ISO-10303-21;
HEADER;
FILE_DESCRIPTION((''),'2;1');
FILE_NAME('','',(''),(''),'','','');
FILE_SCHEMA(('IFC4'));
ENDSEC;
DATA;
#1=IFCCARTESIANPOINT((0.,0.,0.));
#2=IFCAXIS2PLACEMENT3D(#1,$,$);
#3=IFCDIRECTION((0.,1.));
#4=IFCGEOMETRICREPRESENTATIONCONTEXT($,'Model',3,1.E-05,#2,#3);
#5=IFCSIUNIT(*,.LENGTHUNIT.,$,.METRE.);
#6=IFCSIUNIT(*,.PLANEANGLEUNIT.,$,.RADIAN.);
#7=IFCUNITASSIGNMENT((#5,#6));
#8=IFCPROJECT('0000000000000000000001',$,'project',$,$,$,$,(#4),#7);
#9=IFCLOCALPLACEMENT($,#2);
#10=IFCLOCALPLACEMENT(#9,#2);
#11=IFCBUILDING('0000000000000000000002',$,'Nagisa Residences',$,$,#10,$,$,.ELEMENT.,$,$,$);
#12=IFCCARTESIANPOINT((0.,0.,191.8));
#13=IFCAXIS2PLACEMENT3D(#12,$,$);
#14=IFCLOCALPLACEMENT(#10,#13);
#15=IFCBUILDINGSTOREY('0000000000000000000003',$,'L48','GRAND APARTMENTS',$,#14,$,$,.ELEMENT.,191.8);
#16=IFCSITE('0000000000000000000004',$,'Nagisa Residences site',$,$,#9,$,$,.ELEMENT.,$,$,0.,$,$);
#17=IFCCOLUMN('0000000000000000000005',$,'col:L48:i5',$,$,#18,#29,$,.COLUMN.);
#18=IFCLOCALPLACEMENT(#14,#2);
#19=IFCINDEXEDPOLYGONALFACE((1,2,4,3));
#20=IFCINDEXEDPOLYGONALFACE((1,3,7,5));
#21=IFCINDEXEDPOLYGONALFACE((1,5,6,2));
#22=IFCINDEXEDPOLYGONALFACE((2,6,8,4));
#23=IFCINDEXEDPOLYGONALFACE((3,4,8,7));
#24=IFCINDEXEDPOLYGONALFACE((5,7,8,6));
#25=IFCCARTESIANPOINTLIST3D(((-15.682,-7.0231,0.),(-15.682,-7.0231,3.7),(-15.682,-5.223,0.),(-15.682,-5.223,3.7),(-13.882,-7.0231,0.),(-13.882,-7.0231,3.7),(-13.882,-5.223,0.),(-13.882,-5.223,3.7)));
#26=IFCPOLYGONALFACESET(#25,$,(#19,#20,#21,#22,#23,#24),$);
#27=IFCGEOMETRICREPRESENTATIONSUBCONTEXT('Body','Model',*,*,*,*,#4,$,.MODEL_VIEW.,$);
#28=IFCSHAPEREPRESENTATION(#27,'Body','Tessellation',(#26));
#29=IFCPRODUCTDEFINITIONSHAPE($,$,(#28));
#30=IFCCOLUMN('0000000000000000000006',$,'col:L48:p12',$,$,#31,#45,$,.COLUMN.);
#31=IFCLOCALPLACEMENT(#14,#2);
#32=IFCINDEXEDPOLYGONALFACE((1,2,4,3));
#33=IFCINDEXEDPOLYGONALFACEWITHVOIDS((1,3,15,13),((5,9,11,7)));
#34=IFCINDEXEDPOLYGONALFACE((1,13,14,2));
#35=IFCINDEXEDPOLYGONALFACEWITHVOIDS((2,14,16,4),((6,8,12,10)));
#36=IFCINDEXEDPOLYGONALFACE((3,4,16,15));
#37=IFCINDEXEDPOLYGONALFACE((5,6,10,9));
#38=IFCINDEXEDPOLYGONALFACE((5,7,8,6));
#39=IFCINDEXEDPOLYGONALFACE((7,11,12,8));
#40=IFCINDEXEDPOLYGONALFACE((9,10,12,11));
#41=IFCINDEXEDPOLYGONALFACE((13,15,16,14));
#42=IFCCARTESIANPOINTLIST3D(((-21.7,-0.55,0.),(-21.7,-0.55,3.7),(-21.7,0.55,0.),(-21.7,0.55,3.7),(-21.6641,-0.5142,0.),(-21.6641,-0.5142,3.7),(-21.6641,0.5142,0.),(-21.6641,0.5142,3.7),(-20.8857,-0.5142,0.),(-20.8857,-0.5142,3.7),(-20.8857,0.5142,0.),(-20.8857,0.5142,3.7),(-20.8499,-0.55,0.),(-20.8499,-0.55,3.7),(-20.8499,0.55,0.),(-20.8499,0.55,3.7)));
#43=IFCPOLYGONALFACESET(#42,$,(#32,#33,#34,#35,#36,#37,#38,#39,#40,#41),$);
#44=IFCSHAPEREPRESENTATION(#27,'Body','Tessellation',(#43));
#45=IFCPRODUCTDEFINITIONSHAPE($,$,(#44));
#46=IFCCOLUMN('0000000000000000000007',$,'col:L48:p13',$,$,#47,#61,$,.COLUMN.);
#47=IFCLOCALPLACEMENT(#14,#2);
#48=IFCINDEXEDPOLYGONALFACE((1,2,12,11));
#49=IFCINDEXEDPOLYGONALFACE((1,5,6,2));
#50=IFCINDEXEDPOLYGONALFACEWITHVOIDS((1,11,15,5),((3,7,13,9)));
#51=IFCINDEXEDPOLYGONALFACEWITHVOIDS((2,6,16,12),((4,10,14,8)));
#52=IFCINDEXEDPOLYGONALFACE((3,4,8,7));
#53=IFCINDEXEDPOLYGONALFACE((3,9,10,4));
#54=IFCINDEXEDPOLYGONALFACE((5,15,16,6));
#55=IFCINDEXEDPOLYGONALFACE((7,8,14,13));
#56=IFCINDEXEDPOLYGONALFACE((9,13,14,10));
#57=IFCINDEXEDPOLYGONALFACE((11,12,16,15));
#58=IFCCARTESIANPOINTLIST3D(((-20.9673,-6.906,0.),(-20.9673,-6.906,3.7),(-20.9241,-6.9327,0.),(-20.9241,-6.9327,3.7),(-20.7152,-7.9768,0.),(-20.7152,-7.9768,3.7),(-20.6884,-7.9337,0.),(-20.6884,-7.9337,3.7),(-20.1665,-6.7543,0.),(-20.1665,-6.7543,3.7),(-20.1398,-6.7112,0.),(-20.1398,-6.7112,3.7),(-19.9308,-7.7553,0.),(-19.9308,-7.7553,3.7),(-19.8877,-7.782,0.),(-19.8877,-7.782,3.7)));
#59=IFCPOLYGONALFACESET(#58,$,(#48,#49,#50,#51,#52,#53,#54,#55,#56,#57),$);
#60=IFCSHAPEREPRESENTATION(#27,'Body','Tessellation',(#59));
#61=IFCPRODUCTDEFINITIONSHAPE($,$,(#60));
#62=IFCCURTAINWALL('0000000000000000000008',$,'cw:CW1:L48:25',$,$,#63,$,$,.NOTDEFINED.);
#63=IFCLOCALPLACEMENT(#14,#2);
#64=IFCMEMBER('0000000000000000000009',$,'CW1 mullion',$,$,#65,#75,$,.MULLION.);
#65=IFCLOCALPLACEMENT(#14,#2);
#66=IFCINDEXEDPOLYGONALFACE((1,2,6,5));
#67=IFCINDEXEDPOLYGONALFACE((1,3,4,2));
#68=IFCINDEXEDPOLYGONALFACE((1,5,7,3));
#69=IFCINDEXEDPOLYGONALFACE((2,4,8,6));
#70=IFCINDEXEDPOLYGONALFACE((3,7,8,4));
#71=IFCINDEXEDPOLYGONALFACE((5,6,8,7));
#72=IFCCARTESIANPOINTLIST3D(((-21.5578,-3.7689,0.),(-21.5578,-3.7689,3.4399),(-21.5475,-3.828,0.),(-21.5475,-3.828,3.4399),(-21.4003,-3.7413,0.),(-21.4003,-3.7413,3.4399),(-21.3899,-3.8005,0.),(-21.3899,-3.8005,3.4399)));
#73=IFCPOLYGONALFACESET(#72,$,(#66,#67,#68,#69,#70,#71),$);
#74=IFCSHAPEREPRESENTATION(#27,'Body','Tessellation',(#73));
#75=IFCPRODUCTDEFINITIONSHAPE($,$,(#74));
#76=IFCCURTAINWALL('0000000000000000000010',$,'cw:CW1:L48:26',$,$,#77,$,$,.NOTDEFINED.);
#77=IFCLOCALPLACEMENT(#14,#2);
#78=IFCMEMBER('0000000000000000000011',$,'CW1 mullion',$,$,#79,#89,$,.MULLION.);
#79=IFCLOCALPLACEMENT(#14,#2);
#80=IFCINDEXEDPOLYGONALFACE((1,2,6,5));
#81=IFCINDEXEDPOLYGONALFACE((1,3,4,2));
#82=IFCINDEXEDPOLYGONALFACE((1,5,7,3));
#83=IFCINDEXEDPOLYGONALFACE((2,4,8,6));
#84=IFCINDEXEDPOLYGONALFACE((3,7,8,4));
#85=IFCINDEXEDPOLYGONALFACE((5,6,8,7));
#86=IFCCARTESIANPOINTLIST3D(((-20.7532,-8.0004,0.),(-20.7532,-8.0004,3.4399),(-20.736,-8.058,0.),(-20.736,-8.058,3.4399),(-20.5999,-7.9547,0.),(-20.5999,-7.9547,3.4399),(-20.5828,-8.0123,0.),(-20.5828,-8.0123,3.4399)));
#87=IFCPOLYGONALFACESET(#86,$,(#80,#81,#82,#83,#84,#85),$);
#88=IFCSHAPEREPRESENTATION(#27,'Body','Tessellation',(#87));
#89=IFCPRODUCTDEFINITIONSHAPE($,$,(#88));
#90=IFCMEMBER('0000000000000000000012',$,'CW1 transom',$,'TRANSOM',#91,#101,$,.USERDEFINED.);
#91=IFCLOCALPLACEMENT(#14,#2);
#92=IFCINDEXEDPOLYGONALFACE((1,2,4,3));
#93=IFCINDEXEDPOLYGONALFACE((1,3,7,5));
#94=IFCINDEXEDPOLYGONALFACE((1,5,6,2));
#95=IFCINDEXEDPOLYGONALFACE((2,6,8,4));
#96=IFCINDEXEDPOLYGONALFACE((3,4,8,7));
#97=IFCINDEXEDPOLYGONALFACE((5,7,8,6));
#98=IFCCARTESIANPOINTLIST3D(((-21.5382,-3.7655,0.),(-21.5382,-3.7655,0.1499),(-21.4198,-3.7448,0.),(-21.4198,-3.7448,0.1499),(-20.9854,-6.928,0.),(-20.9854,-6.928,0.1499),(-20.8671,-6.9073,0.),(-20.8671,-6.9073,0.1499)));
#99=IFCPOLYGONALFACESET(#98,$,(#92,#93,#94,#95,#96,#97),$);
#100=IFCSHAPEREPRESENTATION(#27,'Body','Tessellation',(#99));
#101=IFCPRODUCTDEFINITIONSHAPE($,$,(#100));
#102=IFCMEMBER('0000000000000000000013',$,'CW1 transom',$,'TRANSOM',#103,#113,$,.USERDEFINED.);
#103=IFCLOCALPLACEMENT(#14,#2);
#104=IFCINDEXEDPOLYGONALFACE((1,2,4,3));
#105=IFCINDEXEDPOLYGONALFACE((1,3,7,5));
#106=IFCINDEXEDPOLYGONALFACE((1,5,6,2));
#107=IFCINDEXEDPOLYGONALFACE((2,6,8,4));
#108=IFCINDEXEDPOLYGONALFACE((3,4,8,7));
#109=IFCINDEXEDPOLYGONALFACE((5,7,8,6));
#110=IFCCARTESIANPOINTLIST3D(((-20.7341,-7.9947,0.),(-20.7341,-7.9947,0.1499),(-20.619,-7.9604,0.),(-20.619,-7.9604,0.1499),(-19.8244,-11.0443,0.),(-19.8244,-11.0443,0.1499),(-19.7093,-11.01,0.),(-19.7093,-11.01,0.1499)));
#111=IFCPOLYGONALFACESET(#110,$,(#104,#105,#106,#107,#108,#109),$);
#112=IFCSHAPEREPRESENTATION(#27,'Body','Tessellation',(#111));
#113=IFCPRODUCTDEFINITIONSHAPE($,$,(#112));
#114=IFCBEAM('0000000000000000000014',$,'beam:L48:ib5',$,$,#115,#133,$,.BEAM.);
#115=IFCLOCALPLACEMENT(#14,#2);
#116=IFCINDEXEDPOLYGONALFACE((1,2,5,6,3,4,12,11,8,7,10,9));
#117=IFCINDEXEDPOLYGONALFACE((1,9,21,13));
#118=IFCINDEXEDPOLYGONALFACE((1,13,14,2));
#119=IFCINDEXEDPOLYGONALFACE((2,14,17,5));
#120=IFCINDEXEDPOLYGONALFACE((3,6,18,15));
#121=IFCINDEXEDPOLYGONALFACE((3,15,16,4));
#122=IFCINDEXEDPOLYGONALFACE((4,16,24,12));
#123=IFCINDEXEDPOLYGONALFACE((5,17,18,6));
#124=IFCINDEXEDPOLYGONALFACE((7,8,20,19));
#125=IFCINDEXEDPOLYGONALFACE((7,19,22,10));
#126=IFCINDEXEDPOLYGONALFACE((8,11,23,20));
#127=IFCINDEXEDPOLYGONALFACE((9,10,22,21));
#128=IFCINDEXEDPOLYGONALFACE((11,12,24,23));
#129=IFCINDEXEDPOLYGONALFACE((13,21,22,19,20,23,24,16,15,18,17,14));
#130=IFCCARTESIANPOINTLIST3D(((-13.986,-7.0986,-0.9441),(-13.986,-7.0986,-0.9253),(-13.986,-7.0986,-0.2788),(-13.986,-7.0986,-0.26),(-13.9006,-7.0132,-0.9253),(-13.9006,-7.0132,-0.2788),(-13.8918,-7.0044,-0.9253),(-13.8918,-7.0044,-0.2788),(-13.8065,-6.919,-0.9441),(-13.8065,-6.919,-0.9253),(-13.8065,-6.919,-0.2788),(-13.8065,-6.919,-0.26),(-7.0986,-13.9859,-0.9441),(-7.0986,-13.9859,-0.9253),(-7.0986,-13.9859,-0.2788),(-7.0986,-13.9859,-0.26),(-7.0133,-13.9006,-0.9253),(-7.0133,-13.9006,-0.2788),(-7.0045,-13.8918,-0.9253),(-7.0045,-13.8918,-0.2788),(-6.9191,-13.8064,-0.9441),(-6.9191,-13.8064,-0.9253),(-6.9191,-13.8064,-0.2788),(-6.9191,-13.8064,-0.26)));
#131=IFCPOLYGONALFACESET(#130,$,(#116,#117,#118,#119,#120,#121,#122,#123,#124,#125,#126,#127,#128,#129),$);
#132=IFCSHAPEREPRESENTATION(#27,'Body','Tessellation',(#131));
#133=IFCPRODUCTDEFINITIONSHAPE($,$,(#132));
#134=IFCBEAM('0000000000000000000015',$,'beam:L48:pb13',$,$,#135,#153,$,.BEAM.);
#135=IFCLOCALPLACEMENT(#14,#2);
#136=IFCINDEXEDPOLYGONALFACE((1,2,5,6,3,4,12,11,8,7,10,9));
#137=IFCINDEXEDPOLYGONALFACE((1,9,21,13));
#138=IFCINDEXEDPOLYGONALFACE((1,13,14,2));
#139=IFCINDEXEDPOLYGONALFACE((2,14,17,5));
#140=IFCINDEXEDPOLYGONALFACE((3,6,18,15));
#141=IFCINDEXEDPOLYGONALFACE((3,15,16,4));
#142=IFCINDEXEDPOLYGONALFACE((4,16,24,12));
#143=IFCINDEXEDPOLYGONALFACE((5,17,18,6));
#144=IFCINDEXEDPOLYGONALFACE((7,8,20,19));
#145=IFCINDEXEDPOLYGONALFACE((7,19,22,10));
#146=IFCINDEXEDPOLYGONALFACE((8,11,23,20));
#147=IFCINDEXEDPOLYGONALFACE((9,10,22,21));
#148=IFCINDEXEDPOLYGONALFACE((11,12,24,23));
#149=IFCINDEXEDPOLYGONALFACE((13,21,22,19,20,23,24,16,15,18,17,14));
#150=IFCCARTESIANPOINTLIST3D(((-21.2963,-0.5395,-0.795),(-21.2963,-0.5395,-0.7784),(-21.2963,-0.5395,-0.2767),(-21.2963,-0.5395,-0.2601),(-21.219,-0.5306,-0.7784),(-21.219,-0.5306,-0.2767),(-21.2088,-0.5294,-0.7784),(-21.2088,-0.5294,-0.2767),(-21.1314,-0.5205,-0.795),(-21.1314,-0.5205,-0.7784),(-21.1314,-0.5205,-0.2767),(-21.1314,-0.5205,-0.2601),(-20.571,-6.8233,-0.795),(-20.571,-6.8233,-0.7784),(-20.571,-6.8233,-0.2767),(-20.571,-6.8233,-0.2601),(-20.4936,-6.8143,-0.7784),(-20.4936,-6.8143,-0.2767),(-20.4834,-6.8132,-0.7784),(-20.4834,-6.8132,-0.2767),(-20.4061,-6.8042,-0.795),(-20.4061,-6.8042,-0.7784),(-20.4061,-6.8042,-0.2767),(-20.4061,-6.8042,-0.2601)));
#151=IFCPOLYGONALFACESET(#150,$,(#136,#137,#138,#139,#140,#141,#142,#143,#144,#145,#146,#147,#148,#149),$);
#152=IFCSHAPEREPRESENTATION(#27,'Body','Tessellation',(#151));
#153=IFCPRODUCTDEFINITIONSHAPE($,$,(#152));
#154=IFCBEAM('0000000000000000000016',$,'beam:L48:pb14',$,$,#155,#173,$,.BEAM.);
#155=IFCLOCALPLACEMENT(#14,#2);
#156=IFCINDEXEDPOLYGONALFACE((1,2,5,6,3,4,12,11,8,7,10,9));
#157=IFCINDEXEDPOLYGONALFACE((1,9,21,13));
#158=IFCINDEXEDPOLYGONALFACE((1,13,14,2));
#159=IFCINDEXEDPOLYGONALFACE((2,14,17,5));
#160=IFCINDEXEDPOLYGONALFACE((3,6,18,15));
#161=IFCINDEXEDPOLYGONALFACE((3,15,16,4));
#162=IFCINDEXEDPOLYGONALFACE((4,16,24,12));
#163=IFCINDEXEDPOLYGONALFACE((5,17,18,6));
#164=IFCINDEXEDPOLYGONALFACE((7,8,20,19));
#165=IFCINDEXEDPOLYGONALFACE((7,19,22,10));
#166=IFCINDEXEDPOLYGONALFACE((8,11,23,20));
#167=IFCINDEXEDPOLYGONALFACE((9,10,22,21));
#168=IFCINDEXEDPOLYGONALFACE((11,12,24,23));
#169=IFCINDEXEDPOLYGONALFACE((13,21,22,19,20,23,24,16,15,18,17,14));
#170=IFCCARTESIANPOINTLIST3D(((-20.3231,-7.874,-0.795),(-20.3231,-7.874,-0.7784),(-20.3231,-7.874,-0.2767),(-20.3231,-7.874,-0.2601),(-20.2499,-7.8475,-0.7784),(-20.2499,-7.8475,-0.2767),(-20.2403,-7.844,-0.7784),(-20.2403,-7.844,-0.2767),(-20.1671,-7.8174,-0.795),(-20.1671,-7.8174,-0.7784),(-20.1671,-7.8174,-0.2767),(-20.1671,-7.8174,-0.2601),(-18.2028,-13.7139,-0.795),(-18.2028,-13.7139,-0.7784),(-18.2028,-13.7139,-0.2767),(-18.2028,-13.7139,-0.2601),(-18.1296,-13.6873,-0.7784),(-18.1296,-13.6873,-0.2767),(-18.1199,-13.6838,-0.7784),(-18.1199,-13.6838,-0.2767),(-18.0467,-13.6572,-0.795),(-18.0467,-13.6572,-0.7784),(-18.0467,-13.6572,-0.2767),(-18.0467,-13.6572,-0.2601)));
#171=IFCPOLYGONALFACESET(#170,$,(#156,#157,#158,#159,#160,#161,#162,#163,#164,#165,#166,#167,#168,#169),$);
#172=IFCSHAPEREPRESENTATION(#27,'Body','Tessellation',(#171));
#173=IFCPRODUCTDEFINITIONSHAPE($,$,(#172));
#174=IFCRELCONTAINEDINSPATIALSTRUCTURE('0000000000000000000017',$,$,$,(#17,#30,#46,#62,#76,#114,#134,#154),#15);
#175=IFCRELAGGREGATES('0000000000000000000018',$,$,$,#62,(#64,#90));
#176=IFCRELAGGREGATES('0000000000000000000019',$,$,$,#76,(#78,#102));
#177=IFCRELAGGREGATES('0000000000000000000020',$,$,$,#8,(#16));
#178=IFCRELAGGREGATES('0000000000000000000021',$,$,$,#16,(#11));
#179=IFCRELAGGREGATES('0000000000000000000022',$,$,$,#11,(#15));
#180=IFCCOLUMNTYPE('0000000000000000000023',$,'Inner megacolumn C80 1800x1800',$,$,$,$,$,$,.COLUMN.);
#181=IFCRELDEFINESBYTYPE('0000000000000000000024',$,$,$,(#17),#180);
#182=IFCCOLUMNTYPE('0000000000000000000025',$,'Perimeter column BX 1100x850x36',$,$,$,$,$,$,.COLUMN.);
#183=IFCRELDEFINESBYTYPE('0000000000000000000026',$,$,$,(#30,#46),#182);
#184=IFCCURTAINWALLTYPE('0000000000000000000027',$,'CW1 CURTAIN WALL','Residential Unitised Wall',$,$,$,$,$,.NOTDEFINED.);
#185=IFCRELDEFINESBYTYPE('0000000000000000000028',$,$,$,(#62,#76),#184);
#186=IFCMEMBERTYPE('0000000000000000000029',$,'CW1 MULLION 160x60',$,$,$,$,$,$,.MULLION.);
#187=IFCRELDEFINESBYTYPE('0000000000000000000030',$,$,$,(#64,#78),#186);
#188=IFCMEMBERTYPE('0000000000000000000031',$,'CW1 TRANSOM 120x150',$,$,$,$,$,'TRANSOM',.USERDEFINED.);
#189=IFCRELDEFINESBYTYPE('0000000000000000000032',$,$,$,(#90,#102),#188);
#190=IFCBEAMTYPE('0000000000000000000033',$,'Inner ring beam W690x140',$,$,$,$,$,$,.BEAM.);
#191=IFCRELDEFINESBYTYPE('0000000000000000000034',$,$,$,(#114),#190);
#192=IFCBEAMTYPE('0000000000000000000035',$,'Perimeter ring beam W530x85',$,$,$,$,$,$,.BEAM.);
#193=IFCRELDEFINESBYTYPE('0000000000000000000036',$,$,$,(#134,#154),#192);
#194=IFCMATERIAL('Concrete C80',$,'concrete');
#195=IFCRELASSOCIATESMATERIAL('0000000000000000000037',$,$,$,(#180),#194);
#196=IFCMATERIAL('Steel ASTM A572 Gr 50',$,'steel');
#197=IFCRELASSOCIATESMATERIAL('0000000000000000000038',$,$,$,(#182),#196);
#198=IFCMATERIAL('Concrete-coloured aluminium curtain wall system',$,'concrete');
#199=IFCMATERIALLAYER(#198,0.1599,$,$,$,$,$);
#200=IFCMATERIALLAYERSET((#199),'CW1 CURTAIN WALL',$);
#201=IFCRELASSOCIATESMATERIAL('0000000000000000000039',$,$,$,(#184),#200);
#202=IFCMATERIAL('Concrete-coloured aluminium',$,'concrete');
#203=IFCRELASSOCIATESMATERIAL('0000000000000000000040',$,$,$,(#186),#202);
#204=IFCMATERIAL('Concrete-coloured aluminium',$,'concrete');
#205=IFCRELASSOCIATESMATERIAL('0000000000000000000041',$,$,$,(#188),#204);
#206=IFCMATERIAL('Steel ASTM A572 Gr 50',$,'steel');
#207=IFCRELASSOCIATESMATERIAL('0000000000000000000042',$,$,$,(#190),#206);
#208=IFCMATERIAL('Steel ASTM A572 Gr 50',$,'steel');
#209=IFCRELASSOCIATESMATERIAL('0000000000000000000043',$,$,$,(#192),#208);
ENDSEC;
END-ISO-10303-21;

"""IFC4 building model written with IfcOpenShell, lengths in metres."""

from ifc_helpers import new_model, si_unit, direction, frame, origin, origin_2d, place, context, subcontext, project, spatial, rectangle, hollow_rectangle, i_section, extrude, material, layer, layer_set, material_profile, profile_set, type_object, element, aggregate, save


model = new_model("IFC4")

# Units and contexts
model_context = context("Model", 3, precision=1e-05, world=origin(), true_north=direction((0.0, 1.0)))
body_context = subcontext(model_context, "Body", "Model", "MODEL_VIEW")
ifc_project = project(units=[si_unit("LENGTHUNIT", "METRE"), si_unit("PLANEANGLEUNIT", "RADIAN")], contexts=[model_context])

# Site, building, storey
site_placement = place(None, origin())
site = spatial("IfcSite", under=ifc_project, at=site_placement, Name="Nagisa Residences site", CompositionType="ELEMENT", RefElevation=0.0)
building_placement = place(site_placement, origin())
building = spatial("IfcBuilding", under=site, at=building_placement, Name="Nagisa Residences", CompositionType="ELEMENT")
storey_placement = place(building_placement, frame((0.0, 0.0, 191.8)))
storey = spatial("IfcBuildingStorey", under=building, at=storey_placement, Name="L48", Description="GRAND APARTMENTS", CompositionType="ELEMENT", Elevation=191.8)

# Columns
ifc_material_1 = material(Name="Concrete C80", Category="concrete")
ifc_material_profile_1 = material_profile(ifc_material_1, rectangle(XDim=1.8, YDim=1.8, at=origin_2d()), Name="C80 1800x1800")
ifc_profile_set_1 = profile_set([ifc_material_profile_1], Name="Concrete C80")
column_type_1 = type_object("IfcColumnType", Name="Inner megacolumn C80 1800x1800", PredefinedType="COLUMN", material=ifc_profile_set_1)
column_placement = place(storey_placement, frame((-14.782, -6.123, 0.0), z_axis=(0.0, 0.0, 1.0), x_axis=(1.0, 0.0, 0.0)))
element("IfcColumn", 1, at=column_placement, inside=storey, type_object=column_type_1, Name="col:L48:i5", PredefinedType="COLUMN", context=body_context, shape_type="SweptSolid", body=[
    extrude(rectangle(XDim=1.8, YDim=1.8, at=origin_2d()), origin(), (0.0, 0.0, 1.0), 3.7),
])
ifc_material_2 = material(Name="Steel ASTM A572 Gr 50", Category="steel")
ifc_material_profile_2 = material_profile(ifc_material_2, hollow_rectangle(XDim=1.1001, YDim=0.8501, WallThickness=0.0359, at=origin_2d()), Name="BX 1100x850x36")
ifc_profile_set_2 = profile_set([ifc_material_profile_2], Name="Steel ASTM A572 Gr 50")
column_type_2 = type_object("IfcColumnType", Name="Perimeter column BX 1100x850x36", PredefinedType="COLUMN", material=ifc_profile_set_2)
for number, where, z_axis, x_axis, name in (
    (2, (-21.2749, 0.0, 0.0), (0.0, 0.0, 1.0), (0.0, -1.0, 0.0), "col:L48:p12"),
    (3, (-20.4275, -7.344, 0.0), (0.0, 0.0, 1.0), (0.229202, -0.973379, 0.0), "col:L48:p13"),
):
    element("IfcColumn", number, at=place(storey_placement, frame(where, z_axis=z_axis, x_axis=x_axis)), inside=storey, type_object=column_type_2, Name=name, PredefinedType="COLUMN", context=body_context, shape_type="SweptSolid", body=[
        extrude(hollow_rectangle(XDim=1.1001, YDim=0.8501, WallThickness=0.0359, at=origin_2d()), origin(), (0.0, 0.0, 1.0), 3.7),
    ])

# Curtain walls, members
ifc_material_3 = material(Name="Concrete-coloured aluminium curtain wall system", Category="concrete")
ifc_layer_1 = layer(ifc_material_3, 0.1599)
ifc_layer_set_1 = layer_set([ifc_layer_1], Name="CW1 CURTAIN WALL")
curtain_wall_type = type_object("IfcCurtainWallType", Name="CW1 CURTAIN WALL", Description="Residential Unitised Wall", PredefinedType="NOTDEFINED", material=ifc_layer_set_1)
curtain_wall_1_placement = place(storey_placement, origin())
curtain_wall_1 = element("IfcCurtainWall", 4, at=curtain_wall_1_placement, inside=storey, type_object=curtain_wall_type, Name="cw:CW1:L48:25", PredefinedType="NOTDEFINED")
ifc_material_4 = material(Name="Concrete-coloured aluminium", Category="concrete")
ifc_material_profile_3 = material_profile(ifc_material_4, rectangle(XDim=0.1599, YDim=0.0601, at=origin_2d()), Name="CW1 MULLION 160x60")
ifc_profile_set_3 = profile_set([ifc_material_profile_3], Name="Concrete-coloured aluminium")
member_type_1 = type_object("IfcMemberType", Name="CW1 MULLION 160x60", PredefinedType="MULLION", material=ifc_profile_set_3)
member_1_placement = place(storey_placement, frame((-21.4739, -3.7847, 0.0), z_axis=(0.0, 0.0, 1.0), x_axis=(0.985064, 0.172191, 0.0)))
member_1 = element("IfcMember", 5, at=member_1_placement, type_object=member_type_1, Name="CW1 mullion", PredefinedType="MULLION", context=body_context, shape_type="SweptSolid", body=[
    extrude(rectangle(XDim=0.1599, YDim=0.0601, at=origin_2d()), origin(), (0.0, 0.0, 1.0), 3.4399),
])
curtain_wall_2_placement = place(storey_placement, origin())
curtain_wall_2 = element("IfcCurtainWall", 6, at=curtain_wall_2_placement, inside=storey, type_object=curtain_wall_type, Name="cw:CW1:L48:26", PredefinedType="NOTDEFINED")
member_2_placement = place(storey_placement, frame((-20.668, -8.0063, 0.0), z_axis=(0.0, 0.0, 1.0), x_axis=(0.958271, 0.28586, 0.0)))
member_2 = element("IfcMember", 7, at=member_2_placement, type_object=member_type_1, Name="CW1 mullion", PredefinedType="MULLION", context=body_context, shape_type="SweptSolid", body=[
    extrude(rectangle(XDim=0.1599, YDim=0.0601, at=origin_2d()), origin(), (0.0, 0.0, 1.0), 3.4399),
])

# Members
ifc_material_5 = material(Name="Concrete-coloured aluminium", Category="concrete")
ifc_material_profile_4 = material_profile(ifc_material_5, rectangle(XDim=0.1201, YDim=0.1499, at=origin_2d()), Name="CW1 TRANSOM 120x150")
ifc_profile_set_4 = profile_set([ifc_material_profile_4], Name="Concrete-coloured aluminium")
member_type_2 = type_object("IfcMemberType", Name="CW1 TRANSOM 120x150", ElementType="TRANSOM", PredefinedType="USERDEFINED", material=ifc_profile_set_4)
member_3_placement = place(storey_placement, frame((-21.479, -3.7551, 0.075), z_axis=(0.172163, -0.985069, 0.0), x_axis=(0.985069, 0.172163, 0.0)))
member_3 = element("IfcMember", 8, at=member_3_placement, type_object=member_type_2, Name="CW1 transom", ObjectType="TRANSOM", PredefinedType="USERDEFINED", context=body_context, shape_type="SweptSolid", body=[
    extrude(rectangle(XDim=0.1201, YDim=0.1499, at=origin_2d()), origin(), (0.0, 0.0, 1.0), 3.2104),
])
member_4_placement = place(storey_placement, frame((-20.6765, -7.9775, 0.075), z_axis=(0.285848, -0.958275, 0.0), x_axis=(0.958275, 0.285848, 0.0)))
member_4 = element("IfcMember", 9, at=member_4_placement, type_object=member_type_2, Name="CW1 transom", ObjectType="TRANSOM", PredefinedType="USERDEFINED", context=body_context, shape_type="SweptSolid", body=[
    extrude(rectangle(XDim=0.1201, YDim=0.1499, at=origin_2d()), origin(), (0.0, 0.0, 1.0), 3.1824),
])

# Beams
ifc_material_6 = material(Name="Steel ASTM A572 Gr 50", Category="steel")
ifc_material_profile_5 = material_profile(ifc_material_6, i_section(OverallWidth=0.2539, OverallDepth=0.6841, WebThickness=0.0125, FlangeThickness=0.0188, at=origin_2d()), Name="W690x140")
ifc_profile_set_5 = profile_set([ifc_material_profile_5], Name="Steel ASTM A572 Gr 50")
beam_type_1 = type_object("IfcBeamType", Name="Inner ring beam W690x140", PredefinedType="BEAM", material=ifc_profile_set_5)
beam_1_placement = place(storey_placement, frame((-13.8962, -7.0088, -0.6021), z_axis=(0.707107, -0.707107, 0.0), x_axis=(0.707107, 0.707107, 0.0)))
element("IfcBeam", 10, at=beam_1_placement, inside=storey, type_object=beam_type_1, Name="beam:L48:ib5", PredefinedType="BEAM", context=body_context, shape_type="SweptSolid", body=[
    extrude(i_section(OverallWidth=0.2539, OverallDepth=0.6841, WebThickness=0.0125, FlangeThickness=0.0188, at=origin_2d()), origin(), (0.0, 0.0, 1.0), 9.7402),
])
ifc_material_7 = material(Name="Steel ASTM A572 Gr 50", Category="steel")
ifc_material_profile_6 = material_profile(ifc_material_7, i_section(OverallWidth=0.166, OverallDepth=0.5349, WebThickness=0.0103, FlangeThickness=0.0166, at=origin_2d()), Name="W530x85")
ifc_profile_set_6 = profile_set([ifc_material_profile_6], Name="Steel ASTM A572 Gr 50")
beam_type_2 = type_object("IfcBeamType", Name="Perimeter ring beam W530x85", PredefinedType="BEAM", material=ifc_profile_set_6)
beam_2_placement = place(storey_placement, frame((-21.2139, -0.53, -0.5276), z_axis=(0.114671, -0.993404, 0.0), x_axis=(0.993404, 0.114671, 0.0)))
element("IfcBeam", 11, at=beam_2_placement, inside=storey, type_object=beam_type_2, Name="beam:L48:pb13", PredefinedType="BEAM", context=body_context, shape_type="SweptSolid", body=[
    extrude(i_section(OverallWidth=0.166, OverallDepth=0.5349, WebThickness=0.0103, FlangeThickness=0.0166, at=origin_2d()), origin(), (0.0, 0.0, 1.0), 6.3254),
])
beam_3_placement = place(storey_placement, frame((-20.2451, -7.8457, -0.5276), z_axis=(0.341286, -0.93996, 0.0), x_axis=(0.93996, 0.341286, 0.0)))
element("IfcBeam", 12, at=beam_3_placement, inside=storey, type_object=beam_type_2, Name="beam:L48:pb14", PredefinedType="BEAM", context=body_context, shape_type="SweptSolid", body=[
    extrude(i_section(OverallWidth=0.166, OverallDepth=0.5349, WebThickness=0.0103, FlangeThickness=0.0166, at=origin_2d()), origin(), (0.0, 0.0, 1.0), 6.2129),
])

aggregate(curtain_wall_1, [member_1, member_3])
aggregate(curtain_wall_2, [member_2, member_4])

save(model, "model.ifc")
